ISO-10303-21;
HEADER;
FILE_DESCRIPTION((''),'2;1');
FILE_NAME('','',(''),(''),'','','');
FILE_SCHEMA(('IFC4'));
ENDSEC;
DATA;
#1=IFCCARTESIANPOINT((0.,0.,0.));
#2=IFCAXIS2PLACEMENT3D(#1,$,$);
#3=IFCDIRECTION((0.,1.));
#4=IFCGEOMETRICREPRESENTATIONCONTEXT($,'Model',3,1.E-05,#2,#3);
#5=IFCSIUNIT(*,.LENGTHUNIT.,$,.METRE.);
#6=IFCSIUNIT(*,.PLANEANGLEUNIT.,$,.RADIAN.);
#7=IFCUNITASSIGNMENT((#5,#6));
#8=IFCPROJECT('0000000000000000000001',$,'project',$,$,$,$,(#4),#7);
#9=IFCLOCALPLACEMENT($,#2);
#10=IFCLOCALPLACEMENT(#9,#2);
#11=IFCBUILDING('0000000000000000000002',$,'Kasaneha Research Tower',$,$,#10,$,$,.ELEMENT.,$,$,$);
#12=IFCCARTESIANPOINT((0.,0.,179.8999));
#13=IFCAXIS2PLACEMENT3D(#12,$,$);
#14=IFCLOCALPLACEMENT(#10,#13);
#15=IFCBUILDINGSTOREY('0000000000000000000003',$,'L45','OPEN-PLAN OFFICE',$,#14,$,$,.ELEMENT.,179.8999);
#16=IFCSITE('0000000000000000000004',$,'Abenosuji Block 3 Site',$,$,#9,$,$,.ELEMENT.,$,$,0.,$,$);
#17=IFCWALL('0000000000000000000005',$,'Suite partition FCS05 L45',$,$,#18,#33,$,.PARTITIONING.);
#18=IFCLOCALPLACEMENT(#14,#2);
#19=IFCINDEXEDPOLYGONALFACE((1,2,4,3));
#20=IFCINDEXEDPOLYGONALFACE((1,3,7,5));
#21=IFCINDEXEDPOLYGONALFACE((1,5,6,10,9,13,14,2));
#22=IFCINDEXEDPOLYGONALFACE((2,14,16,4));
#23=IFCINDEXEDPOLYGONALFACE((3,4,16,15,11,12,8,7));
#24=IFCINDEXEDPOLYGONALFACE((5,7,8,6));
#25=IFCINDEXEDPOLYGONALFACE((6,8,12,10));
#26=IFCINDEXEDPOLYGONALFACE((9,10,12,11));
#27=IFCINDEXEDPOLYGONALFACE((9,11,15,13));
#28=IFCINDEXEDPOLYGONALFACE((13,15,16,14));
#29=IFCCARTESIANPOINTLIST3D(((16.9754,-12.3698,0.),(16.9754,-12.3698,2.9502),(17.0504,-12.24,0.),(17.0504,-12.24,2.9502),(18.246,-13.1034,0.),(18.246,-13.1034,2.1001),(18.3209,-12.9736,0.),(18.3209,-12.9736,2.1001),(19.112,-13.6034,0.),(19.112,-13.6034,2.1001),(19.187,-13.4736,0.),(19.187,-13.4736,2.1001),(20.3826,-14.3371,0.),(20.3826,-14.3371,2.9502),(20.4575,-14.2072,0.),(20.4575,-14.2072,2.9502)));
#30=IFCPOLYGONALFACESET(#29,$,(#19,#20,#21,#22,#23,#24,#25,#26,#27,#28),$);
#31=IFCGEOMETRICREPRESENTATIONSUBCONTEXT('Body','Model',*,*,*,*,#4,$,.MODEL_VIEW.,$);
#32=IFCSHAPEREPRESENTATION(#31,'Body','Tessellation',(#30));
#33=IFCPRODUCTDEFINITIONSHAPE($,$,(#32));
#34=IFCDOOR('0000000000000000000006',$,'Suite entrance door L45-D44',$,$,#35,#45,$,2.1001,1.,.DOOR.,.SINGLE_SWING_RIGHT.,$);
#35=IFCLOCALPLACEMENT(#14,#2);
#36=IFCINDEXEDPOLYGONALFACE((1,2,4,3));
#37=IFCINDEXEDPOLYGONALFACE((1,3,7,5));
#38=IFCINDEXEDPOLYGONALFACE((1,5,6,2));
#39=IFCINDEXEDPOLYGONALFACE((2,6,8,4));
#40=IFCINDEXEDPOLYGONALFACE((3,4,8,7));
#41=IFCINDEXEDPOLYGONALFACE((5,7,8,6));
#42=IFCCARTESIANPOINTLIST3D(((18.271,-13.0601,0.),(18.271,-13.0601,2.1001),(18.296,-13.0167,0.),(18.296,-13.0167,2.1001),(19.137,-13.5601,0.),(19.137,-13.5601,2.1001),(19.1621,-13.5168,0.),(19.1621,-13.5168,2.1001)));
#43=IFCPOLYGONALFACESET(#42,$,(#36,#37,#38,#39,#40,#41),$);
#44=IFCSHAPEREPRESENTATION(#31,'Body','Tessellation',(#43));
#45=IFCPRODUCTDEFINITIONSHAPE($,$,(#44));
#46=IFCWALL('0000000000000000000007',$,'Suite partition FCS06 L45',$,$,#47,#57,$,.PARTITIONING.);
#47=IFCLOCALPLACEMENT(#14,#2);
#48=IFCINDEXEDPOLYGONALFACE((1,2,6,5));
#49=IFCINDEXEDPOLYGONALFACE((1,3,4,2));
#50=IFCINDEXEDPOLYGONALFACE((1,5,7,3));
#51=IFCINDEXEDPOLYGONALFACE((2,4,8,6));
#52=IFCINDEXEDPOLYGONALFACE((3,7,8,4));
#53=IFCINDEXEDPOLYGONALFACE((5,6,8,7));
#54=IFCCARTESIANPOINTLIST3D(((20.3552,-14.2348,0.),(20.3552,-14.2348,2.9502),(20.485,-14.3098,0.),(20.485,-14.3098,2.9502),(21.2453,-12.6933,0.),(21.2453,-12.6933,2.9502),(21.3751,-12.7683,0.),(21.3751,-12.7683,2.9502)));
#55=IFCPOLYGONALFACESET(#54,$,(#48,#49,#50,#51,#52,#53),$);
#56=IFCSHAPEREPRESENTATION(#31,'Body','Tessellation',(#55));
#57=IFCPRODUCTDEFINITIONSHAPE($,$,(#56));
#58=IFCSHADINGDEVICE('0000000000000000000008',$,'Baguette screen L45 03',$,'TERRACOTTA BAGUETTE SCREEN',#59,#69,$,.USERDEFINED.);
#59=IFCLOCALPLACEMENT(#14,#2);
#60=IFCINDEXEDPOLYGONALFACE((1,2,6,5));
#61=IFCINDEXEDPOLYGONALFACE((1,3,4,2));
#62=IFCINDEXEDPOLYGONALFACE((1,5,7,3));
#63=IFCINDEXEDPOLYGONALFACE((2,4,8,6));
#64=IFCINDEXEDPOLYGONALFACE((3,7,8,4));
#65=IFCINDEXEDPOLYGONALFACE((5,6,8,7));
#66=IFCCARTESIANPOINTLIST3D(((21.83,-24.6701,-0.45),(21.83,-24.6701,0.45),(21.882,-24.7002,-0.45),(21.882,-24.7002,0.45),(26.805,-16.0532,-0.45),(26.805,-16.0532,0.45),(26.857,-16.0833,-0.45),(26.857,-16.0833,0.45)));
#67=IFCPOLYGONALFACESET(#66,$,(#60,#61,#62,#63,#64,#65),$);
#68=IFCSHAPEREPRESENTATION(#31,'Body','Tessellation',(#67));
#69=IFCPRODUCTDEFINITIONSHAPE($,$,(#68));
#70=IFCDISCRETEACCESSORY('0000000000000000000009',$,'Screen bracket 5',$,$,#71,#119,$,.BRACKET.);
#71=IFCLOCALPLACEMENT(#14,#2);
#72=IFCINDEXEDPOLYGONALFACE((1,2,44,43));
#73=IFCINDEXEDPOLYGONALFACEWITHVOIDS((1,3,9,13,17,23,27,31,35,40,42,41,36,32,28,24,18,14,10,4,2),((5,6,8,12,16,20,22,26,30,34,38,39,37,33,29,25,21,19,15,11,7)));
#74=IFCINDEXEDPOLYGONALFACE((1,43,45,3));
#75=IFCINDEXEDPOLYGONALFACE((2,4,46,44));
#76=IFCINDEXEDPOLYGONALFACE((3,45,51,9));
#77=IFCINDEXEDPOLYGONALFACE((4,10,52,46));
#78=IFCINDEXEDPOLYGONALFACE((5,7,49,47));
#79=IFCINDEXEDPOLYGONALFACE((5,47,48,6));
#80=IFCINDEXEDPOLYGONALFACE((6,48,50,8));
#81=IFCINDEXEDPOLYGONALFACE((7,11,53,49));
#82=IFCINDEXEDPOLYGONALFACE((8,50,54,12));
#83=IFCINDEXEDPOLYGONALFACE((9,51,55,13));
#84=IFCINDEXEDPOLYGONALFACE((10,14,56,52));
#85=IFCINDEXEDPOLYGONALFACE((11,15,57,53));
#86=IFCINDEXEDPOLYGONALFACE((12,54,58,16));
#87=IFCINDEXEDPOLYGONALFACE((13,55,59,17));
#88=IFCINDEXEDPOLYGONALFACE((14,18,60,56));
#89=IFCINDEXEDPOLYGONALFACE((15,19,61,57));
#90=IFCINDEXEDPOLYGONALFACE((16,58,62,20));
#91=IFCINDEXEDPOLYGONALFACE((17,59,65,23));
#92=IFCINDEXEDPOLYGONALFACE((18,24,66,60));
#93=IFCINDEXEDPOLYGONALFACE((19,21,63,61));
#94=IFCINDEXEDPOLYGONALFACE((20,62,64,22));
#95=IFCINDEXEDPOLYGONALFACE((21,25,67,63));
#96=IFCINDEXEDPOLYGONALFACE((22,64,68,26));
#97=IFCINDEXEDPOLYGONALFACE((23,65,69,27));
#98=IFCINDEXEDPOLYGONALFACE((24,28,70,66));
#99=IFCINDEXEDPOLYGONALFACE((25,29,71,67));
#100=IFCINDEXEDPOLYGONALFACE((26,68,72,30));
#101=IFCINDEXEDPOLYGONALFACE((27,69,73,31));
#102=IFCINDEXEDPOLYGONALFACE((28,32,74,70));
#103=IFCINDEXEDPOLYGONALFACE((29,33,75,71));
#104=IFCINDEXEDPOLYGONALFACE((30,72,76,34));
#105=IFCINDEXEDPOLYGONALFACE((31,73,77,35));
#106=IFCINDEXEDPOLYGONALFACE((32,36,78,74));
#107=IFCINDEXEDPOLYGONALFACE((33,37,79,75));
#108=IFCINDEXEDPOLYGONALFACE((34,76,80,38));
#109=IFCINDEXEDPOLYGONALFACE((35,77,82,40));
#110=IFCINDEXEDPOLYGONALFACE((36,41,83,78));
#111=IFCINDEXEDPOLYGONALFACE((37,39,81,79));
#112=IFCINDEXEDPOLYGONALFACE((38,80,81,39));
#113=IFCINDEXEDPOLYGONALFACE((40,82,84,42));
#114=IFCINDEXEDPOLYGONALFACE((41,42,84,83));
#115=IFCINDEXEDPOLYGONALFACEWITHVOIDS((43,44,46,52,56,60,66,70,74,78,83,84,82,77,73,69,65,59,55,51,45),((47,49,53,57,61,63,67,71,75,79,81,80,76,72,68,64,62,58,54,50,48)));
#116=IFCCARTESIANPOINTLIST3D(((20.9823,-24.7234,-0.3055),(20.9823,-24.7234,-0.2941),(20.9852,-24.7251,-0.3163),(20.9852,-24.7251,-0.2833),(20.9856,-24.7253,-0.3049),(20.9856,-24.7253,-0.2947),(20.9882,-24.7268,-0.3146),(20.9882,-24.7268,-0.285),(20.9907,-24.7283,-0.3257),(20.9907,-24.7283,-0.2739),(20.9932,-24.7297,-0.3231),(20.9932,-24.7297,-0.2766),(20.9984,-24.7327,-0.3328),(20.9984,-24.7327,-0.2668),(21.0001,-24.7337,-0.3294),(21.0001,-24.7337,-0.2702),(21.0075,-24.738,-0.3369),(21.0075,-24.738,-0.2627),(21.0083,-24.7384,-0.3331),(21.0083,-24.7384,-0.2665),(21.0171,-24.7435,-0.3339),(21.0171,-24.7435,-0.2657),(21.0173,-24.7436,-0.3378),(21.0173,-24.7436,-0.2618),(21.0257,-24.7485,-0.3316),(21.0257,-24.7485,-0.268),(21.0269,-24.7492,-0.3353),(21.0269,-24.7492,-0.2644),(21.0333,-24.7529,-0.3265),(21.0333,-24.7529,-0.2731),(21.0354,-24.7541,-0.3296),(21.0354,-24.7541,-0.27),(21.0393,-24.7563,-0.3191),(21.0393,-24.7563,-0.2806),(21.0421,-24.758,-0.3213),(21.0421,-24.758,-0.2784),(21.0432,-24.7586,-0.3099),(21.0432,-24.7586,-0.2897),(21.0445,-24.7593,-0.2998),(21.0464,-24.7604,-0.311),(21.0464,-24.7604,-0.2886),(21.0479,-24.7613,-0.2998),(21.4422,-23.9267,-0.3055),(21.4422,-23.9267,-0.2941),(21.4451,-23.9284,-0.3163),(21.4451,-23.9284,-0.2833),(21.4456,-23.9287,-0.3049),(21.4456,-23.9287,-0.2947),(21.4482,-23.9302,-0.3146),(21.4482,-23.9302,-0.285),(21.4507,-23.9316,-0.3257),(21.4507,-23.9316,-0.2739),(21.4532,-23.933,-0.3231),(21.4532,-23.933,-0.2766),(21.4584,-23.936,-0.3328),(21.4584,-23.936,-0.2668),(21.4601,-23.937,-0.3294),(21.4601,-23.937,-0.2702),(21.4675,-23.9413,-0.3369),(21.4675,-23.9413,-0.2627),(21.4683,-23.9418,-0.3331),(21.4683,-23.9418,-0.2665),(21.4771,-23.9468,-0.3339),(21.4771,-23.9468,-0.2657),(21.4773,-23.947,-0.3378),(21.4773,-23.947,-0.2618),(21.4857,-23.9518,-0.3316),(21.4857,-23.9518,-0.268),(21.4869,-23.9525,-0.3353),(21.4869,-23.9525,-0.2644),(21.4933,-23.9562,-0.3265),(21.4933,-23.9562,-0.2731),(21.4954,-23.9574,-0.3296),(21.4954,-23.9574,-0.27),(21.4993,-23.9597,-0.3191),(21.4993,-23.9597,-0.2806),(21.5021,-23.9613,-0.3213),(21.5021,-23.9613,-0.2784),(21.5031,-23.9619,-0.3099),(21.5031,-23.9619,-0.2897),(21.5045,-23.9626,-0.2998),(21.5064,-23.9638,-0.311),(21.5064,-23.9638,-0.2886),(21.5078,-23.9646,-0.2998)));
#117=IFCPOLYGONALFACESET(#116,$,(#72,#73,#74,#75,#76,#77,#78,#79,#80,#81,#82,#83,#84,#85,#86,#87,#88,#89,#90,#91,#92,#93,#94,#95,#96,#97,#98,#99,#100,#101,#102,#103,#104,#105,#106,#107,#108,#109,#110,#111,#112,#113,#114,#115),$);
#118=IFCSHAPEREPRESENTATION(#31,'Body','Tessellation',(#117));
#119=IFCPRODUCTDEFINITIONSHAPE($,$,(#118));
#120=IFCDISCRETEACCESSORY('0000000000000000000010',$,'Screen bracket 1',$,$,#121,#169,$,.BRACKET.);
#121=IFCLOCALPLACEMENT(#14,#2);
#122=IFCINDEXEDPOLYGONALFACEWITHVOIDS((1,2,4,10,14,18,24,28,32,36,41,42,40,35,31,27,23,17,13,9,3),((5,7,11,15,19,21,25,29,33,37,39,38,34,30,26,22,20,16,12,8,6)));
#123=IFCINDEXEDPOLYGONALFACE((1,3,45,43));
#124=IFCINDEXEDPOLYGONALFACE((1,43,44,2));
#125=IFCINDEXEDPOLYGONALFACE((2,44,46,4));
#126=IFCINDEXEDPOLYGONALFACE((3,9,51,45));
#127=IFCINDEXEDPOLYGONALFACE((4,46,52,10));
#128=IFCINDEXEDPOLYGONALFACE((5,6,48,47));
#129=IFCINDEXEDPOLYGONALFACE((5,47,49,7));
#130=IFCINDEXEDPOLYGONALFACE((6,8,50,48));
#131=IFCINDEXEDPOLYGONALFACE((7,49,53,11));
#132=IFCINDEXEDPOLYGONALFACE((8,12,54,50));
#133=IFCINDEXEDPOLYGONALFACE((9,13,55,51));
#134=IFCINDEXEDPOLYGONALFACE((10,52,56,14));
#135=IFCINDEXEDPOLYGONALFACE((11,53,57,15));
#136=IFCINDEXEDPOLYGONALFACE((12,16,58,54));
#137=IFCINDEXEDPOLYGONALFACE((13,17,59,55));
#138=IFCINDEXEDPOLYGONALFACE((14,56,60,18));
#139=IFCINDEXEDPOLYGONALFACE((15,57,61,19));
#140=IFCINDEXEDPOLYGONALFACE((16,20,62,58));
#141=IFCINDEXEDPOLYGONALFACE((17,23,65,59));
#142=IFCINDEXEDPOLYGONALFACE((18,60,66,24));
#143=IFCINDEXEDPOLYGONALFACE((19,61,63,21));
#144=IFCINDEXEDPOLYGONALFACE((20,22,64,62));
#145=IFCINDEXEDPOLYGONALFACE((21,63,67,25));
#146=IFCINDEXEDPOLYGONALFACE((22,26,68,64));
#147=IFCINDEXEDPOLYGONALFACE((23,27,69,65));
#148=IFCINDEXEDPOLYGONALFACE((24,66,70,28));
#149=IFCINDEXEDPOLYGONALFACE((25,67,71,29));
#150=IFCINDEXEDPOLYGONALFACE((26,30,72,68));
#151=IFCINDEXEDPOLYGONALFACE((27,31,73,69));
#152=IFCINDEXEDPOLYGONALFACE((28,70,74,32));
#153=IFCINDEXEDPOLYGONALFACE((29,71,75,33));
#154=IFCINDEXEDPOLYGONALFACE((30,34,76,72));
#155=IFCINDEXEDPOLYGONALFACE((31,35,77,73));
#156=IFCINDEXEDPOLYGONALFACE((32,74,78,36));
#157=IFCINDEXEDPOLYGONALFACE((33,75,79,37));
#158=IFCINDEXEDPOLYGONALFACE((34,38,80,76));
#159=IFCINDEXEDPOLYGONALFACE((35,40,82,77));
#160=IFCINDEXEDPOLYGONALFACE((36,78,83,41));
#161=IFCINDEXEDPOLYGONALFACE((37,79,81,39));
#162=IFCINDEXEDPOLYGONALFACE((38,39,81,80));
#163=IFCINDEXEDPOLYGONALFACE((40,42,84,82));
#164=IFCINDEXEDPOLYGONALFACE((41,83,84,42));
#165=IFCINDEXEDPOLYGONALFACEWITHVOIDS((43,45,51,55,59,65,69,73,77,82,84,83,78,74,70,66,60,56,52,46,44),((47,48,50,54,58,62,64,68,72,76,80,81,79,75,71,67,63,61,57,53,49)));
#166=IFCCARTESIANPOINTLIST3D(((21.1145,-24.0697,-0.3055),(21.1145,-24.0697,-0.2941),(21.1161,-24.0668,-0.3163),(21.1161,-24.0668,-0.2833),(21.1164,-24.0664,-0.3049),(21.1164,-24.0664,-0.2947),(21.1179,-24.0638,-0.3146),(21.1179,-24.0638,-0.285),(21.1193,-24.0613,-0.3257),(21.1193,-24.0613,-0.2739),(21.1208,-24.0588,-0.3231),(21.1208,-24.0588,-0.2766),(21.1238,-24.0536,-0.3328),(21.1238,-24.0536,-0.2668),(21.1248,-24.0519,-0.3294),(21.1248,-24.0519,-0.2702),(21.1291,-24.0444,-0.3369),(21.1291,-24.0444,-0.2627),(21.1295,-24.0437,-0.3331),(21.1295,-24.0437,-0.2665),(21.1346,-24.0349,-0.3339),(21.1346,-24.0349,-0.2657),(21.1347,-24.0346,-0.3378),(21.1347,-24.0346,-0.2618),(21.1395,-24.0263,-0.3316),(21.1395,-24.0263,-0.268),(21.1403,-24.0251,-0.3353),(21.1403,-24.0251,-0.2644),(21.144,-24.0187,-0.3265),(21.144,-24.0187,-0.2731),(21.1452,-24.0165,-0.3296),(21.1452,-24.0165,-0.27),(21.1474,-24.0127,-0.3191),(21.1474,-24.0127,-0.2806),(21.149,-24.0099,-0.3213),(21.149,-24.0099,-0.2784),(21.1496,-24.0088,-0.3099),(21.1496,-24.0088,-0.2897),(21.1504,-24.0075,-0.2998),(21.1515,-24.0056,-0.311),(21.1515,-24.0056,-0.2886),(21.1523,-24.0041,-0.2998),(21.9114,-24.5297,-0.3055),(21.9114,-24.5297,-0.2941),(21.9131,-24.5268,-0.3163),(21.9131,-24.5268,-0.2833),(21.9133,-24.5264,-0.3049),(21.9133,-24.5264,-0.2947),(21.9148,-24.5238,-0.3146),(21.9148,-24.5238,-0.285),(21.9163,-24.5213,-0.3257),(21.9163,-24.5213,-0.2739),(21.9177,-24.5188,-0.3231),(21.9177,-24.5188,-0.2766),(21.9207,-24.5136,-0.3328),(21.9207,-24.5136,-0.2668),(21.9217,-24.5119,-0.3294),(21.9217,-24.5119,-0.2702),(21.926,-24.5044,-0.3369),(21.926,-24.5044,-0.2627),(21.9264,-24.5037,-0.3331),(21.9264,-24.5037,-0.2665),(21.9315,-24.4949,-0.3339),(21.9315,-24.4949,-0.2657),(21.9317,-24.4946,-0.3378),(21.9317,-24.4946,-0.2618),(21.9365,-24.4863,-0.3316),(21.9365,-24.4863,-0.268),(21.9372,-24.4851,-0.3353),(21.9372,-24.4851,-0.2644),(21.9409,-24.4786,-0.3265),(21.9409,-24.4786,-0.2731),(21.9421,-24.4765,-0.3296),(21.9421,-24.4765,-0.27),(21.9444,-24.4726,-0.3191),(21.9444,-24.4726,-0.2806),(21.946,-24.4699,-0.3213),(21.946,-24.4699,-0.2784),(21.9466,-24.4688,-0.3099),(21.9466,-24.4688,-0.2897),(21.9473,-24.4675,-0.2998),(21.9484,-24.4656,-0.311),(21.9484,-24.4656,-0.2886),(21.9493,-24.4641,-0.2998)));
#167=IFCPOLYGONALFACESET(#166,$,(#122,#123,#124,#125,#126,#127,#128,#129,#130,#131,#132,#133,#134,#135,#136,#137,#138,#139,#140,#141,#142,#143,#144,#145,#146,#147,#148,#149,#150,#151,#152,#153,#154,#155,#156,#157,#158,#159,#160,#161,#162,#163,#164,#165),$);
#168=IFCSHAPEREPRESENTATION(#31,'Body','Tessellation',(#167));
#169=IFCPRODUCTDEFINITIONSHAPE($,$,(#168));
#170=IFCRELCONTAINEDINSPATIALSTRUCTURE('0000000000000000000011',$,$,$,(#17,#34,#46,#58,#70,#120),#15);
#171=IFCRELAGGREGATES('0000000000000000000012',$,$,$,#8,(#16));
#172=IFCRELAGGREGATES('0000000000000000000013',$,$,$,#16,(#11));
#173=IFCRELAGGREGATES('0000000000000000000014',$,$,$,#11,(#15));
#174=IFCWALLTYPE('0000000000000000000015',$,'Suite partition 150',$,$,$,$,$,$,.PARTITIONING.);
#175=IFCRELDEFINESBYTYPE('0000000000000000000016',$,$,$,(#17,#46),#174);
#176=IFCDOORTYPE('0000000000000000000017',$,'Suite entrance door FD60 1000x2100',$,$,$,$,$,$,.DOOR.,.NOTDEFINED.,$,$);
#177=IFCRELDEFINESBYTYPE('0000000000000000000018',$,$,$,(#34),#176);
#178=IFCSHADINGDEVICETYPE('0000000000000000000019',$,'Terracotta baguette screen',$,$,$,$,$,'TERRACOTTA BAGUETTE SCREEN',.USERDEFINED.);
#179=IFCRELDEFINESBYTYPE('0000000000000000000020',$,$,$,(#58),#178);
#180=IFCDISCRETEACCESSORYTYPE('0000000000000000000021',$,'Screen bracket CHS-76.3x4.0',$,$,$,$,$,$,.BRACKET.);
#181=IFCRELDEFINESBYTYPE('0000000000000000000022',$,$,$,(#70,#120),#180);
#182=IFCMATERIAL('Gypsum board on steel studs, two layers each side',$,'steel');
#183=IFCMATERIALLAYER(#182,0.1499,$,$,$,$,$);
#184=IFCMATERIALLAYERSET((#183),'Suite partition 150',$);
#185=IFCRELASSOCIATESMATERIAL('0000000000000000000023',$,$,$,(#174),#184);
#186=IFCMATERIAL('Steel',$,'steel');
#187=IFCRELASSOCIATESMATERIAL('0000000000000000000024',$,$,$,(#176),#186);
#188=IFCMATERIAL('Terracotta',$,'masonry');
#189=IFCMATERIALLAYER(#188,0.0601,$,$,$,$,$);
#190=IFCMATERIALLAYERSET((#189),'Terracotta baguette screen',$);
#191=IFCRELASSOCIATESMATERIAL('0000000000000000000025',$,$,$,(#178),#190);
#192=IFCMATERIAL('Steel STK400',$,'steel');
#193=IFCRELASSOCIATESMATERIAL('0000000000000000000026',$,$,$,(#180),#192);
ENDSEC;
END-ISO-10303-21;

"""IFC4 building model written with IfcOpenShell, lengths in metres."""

from ifc_helpers import new_model, si_unit, direction, frame, frame_2d, origin, origin_2d, place, context, subcontext, project, spatial, rectangle, hollow_circle, extrude, material, layer, layer_set, material_profile, profile_set, type_object, element, fill, save


model = new_model("IFC4")

# Units and contexts
model_context = context("Model", 3, precision=1e-05, world=origin(), true_north=direction((0.0, 1.0)))
body_context = subcontext(model_context, "Body", "Model", "MODEL_VIEW")
ifc_project = project(units=[si_unit("LENGTHUNIT", "METRE"), si_unit("PLANEANGLEUNIT", "RADIAN")], contexts=[model_context])

# Site, building, storey
site_placement = place(None, origin())
site = spatial("IfcSite", under=ifc_project, at=site_placement, Name="Abenosuji Block 3 Site", CompositionType="ELEMENT", RefElevation=0.0)
building_placement = place(site_placement, origin())
building = spatial("IfcBuilding", under=site, at=building_placement, Name="Kasaneha Research Tower", CompositionType="ELEMENT")
storey_placement = place(building_placement, frame((0.0, 0.0, 179.8999)))
storey = spatial("IfcBuildingStorey", under=building, at=storey_placement, Name="L45", Description="OPEN-PLAN OFFICE", CompositionType="ELEMENT", Elevation=179.8999)

# Wall, opening, door
ifc_material_1 = material(Name="Gypsum board on steel studs, two layers each side", Category="steel")
ifc_layer_1 = layer(ifc_material_1, 0.1499)
ifc_layer_set_1 = layer_set([ifc_layer_1], Name="Suite partition 150")
wall_type_1 = type_object("IfcWallType", Name="Suite partition 150", PredefinedType="PARTITIONING", material=ifc_layer_set_1)
wall_1_placement = place(storey_placement, frame((20.4202, -14.2722, 0.0), z_axis=(0.0, 0.0, 1.0), x_axis=(-0.866012, 0.500023, 0.0)))
wall_1 = element("IfcWall", 1, at=wall_1_placement, inside=storey, type_object=wall_type_1, Name="Suite partition FCS05 L45", PredefinedType="PARTITIONING", context=body_context, shape_type="SweptSolid", body=[
    extrude(rectangle(XDim=3.9343, YDim=0.1499, at=frame_2d((1.9673, 0.0))), origin(), (0.0, 0.0, 1.0), 2.9502),
])
opening_1_placement = place(wall_1_placement, frame((1.4673, 0.0, 0.0)))
opening_1 = element("IfcOpeningElement", 2, at=opening_1_placement, cuts=wall_1, PredefinedType="OPENING", context=body_context, shape_type="SweptSolid", body=[
    extrude(rectangle(XDim=1.0, YDim=2.1001, at=frame_2d((0.5, 1.05))), frame((0.0, 0.085, 0.0), z_axis=(0.0, -1.0, 0.0), x_axis=(1.0, 0.0, 0.0)), (0.0, 0.0, 1.0), 0.1699),
])
ifc_material_2 = material(Name="Steel", Category="steel")
door_type_1 = type_object("IfcDoorType", Name="Suite entrance door FD60 1000x2100", OperationType="NOTDEFINED", PredefinedType="DOOR", material=ifc_material_2)
door_1_placement = place(opening_1_placement, origin())
door_1 = element("IfcDoor", 3, at=door_1_placement, inside=storey, type_object=door_type_1, Name="Suite entrance door L45-D44", OperationType="SINGLE_SWING_RIGHT", OverallHeight=2.1001, OverallWidth=1.0, PredefinedType="DOOR", context=body_context, shape_type="SweptSolid", body=[
    extrude(rectangle(XDim=1.0, YDim=2.1001, at=frame_2d((0.5, 1.05))), frame((0.0, 0.0249, 0.0), z_axis=(0.0, -1.0, 0.0), x_axis=(1.0, 0.0, 0.0)), (0.0, 0.0, 1.0), 0.05),
])
fill(opening_1, door_1)

# Wall
wall_2_placement = place(storey_placement, frame((21.3103, -12.7307, 0.0), z_axis=(0.0, 0.0, 1.0), x_axis=(-0.500063, -0.865989, 0.0)))
element("IfcWall", 4, at=wall_2_placement, inside=storey, type_object=wall_type_1, Name="Suite partition FCS06 L45", PredefinedType="PARTITIONING", context=body_context, shape_type="SweptSolid", body=[
    extrude(rectangle(XDim=1.78, YDim=0.1499, at=frame_2d((0.8901, 0.0))), origin(), (0.0, 0.0, 1.0), 2.9502),
])

# Shading device
ifc_material_3 = material(Name="Terracotta", Category="masonry")
ifc_layer_2 = layer(ifc_material_3, 0.0601)
ifc_layer_set_2 = layer_set([ifc_layer_2], Name="Terracotta baguette screen")
shading_device_type = type_object("IfcShadingDeviceType", Name="Terracotta baguette screen", ElementType="TERRACOTTA BAGUETTE SCREEN", PredefinedType="USERDEFINED", material=ifc_layer_set_2)
shading_device_placement = place(storey_placement, frame((24.3435, -20.3767, -0.45), z_axis=(0.0, 0.0, 1.0), x_axis=(0.5, 0.866025, 0.0)))
element("IfcShadingDevice", 5, at=shading_device_placement, inside=storey, type_object=shading_device_type, Name="Baguette screen L45 03", ObjectType="TERRACOTTA BAGUETTE SCREEN", PredefinedType="USERDEFINED", context=body_context, shape_type="SweptSolid", body=[
    extrude(rectangle(XDim=9.95, YDim=0.0601, at=origin_2d()), origin(), (0.0, 0.0, 1.0), 0.8999),
])

# Discrete accessories
ifc_material_4 = material(Name="Steel STK400", Category="steel")
ifc_material_profile_1 = material_profile(ifc_material_4, hollow_circle(Radius=0.0381, WallThickness=0.0039, at=origin_2d()), Name="CHS-76.3x4.0")
ifc_profile_set_1 = profile_set([ifc_material_profile_1], Name="Steel STK400")
discrete_accessory_type = type_object("IfcDiscreteAccessoryType", Name="Screen bracket CHS-76.3x4.0", PredefinedType="BRACKET", material=ifc_profile_set_1)
discrete_accessory_1_placement = place(storey_placement, frame((21.4749, -23.9456, -0.2998), z_axis=(-0.500021, -0.866013, 0.0), x_axis=(0.866013, -0.500021, 0.0)))
element("IfcDiscreteAccessory", 6, at=discrete_accessory_1_placement, inside=storey, type_object=discrete_accessory_type, Name="Screen bracket 5", PredefinedType="BRACKET", context=body_context, shape_type="SweptSolid", body=[
    extrude(hollow_circle(Radius=0.0381, WallThickness=0.0039, at=origin_2d()), origin(), (0.0, 0.0, 1.0), 0.9199),
])
discrete_accessory_2_placement = place(storey_placement, frame((21.1333, -24.0371, -0.2998), z_axis=(0.86608, -0.499906, 0.0), x_axis=(0.499906, 0.86608, 0.0)))
element("IfcDiscreteAccessory", 7, at=discrete_accessory_2_placement, inside=storey, type_object=discrete_accessory_type, Name="Screen bracket 1", PredefinedType="BRACKET", context=body_context, shape_type="SweptSolid", body=[
    extrude(hollow_circle(Radius=0.0381, WallThickness=0.0039, at=origin_2d()), origin(), (0.0, 0.0, 1.0), 0.9202),
])

save(model, "model.ifc")
